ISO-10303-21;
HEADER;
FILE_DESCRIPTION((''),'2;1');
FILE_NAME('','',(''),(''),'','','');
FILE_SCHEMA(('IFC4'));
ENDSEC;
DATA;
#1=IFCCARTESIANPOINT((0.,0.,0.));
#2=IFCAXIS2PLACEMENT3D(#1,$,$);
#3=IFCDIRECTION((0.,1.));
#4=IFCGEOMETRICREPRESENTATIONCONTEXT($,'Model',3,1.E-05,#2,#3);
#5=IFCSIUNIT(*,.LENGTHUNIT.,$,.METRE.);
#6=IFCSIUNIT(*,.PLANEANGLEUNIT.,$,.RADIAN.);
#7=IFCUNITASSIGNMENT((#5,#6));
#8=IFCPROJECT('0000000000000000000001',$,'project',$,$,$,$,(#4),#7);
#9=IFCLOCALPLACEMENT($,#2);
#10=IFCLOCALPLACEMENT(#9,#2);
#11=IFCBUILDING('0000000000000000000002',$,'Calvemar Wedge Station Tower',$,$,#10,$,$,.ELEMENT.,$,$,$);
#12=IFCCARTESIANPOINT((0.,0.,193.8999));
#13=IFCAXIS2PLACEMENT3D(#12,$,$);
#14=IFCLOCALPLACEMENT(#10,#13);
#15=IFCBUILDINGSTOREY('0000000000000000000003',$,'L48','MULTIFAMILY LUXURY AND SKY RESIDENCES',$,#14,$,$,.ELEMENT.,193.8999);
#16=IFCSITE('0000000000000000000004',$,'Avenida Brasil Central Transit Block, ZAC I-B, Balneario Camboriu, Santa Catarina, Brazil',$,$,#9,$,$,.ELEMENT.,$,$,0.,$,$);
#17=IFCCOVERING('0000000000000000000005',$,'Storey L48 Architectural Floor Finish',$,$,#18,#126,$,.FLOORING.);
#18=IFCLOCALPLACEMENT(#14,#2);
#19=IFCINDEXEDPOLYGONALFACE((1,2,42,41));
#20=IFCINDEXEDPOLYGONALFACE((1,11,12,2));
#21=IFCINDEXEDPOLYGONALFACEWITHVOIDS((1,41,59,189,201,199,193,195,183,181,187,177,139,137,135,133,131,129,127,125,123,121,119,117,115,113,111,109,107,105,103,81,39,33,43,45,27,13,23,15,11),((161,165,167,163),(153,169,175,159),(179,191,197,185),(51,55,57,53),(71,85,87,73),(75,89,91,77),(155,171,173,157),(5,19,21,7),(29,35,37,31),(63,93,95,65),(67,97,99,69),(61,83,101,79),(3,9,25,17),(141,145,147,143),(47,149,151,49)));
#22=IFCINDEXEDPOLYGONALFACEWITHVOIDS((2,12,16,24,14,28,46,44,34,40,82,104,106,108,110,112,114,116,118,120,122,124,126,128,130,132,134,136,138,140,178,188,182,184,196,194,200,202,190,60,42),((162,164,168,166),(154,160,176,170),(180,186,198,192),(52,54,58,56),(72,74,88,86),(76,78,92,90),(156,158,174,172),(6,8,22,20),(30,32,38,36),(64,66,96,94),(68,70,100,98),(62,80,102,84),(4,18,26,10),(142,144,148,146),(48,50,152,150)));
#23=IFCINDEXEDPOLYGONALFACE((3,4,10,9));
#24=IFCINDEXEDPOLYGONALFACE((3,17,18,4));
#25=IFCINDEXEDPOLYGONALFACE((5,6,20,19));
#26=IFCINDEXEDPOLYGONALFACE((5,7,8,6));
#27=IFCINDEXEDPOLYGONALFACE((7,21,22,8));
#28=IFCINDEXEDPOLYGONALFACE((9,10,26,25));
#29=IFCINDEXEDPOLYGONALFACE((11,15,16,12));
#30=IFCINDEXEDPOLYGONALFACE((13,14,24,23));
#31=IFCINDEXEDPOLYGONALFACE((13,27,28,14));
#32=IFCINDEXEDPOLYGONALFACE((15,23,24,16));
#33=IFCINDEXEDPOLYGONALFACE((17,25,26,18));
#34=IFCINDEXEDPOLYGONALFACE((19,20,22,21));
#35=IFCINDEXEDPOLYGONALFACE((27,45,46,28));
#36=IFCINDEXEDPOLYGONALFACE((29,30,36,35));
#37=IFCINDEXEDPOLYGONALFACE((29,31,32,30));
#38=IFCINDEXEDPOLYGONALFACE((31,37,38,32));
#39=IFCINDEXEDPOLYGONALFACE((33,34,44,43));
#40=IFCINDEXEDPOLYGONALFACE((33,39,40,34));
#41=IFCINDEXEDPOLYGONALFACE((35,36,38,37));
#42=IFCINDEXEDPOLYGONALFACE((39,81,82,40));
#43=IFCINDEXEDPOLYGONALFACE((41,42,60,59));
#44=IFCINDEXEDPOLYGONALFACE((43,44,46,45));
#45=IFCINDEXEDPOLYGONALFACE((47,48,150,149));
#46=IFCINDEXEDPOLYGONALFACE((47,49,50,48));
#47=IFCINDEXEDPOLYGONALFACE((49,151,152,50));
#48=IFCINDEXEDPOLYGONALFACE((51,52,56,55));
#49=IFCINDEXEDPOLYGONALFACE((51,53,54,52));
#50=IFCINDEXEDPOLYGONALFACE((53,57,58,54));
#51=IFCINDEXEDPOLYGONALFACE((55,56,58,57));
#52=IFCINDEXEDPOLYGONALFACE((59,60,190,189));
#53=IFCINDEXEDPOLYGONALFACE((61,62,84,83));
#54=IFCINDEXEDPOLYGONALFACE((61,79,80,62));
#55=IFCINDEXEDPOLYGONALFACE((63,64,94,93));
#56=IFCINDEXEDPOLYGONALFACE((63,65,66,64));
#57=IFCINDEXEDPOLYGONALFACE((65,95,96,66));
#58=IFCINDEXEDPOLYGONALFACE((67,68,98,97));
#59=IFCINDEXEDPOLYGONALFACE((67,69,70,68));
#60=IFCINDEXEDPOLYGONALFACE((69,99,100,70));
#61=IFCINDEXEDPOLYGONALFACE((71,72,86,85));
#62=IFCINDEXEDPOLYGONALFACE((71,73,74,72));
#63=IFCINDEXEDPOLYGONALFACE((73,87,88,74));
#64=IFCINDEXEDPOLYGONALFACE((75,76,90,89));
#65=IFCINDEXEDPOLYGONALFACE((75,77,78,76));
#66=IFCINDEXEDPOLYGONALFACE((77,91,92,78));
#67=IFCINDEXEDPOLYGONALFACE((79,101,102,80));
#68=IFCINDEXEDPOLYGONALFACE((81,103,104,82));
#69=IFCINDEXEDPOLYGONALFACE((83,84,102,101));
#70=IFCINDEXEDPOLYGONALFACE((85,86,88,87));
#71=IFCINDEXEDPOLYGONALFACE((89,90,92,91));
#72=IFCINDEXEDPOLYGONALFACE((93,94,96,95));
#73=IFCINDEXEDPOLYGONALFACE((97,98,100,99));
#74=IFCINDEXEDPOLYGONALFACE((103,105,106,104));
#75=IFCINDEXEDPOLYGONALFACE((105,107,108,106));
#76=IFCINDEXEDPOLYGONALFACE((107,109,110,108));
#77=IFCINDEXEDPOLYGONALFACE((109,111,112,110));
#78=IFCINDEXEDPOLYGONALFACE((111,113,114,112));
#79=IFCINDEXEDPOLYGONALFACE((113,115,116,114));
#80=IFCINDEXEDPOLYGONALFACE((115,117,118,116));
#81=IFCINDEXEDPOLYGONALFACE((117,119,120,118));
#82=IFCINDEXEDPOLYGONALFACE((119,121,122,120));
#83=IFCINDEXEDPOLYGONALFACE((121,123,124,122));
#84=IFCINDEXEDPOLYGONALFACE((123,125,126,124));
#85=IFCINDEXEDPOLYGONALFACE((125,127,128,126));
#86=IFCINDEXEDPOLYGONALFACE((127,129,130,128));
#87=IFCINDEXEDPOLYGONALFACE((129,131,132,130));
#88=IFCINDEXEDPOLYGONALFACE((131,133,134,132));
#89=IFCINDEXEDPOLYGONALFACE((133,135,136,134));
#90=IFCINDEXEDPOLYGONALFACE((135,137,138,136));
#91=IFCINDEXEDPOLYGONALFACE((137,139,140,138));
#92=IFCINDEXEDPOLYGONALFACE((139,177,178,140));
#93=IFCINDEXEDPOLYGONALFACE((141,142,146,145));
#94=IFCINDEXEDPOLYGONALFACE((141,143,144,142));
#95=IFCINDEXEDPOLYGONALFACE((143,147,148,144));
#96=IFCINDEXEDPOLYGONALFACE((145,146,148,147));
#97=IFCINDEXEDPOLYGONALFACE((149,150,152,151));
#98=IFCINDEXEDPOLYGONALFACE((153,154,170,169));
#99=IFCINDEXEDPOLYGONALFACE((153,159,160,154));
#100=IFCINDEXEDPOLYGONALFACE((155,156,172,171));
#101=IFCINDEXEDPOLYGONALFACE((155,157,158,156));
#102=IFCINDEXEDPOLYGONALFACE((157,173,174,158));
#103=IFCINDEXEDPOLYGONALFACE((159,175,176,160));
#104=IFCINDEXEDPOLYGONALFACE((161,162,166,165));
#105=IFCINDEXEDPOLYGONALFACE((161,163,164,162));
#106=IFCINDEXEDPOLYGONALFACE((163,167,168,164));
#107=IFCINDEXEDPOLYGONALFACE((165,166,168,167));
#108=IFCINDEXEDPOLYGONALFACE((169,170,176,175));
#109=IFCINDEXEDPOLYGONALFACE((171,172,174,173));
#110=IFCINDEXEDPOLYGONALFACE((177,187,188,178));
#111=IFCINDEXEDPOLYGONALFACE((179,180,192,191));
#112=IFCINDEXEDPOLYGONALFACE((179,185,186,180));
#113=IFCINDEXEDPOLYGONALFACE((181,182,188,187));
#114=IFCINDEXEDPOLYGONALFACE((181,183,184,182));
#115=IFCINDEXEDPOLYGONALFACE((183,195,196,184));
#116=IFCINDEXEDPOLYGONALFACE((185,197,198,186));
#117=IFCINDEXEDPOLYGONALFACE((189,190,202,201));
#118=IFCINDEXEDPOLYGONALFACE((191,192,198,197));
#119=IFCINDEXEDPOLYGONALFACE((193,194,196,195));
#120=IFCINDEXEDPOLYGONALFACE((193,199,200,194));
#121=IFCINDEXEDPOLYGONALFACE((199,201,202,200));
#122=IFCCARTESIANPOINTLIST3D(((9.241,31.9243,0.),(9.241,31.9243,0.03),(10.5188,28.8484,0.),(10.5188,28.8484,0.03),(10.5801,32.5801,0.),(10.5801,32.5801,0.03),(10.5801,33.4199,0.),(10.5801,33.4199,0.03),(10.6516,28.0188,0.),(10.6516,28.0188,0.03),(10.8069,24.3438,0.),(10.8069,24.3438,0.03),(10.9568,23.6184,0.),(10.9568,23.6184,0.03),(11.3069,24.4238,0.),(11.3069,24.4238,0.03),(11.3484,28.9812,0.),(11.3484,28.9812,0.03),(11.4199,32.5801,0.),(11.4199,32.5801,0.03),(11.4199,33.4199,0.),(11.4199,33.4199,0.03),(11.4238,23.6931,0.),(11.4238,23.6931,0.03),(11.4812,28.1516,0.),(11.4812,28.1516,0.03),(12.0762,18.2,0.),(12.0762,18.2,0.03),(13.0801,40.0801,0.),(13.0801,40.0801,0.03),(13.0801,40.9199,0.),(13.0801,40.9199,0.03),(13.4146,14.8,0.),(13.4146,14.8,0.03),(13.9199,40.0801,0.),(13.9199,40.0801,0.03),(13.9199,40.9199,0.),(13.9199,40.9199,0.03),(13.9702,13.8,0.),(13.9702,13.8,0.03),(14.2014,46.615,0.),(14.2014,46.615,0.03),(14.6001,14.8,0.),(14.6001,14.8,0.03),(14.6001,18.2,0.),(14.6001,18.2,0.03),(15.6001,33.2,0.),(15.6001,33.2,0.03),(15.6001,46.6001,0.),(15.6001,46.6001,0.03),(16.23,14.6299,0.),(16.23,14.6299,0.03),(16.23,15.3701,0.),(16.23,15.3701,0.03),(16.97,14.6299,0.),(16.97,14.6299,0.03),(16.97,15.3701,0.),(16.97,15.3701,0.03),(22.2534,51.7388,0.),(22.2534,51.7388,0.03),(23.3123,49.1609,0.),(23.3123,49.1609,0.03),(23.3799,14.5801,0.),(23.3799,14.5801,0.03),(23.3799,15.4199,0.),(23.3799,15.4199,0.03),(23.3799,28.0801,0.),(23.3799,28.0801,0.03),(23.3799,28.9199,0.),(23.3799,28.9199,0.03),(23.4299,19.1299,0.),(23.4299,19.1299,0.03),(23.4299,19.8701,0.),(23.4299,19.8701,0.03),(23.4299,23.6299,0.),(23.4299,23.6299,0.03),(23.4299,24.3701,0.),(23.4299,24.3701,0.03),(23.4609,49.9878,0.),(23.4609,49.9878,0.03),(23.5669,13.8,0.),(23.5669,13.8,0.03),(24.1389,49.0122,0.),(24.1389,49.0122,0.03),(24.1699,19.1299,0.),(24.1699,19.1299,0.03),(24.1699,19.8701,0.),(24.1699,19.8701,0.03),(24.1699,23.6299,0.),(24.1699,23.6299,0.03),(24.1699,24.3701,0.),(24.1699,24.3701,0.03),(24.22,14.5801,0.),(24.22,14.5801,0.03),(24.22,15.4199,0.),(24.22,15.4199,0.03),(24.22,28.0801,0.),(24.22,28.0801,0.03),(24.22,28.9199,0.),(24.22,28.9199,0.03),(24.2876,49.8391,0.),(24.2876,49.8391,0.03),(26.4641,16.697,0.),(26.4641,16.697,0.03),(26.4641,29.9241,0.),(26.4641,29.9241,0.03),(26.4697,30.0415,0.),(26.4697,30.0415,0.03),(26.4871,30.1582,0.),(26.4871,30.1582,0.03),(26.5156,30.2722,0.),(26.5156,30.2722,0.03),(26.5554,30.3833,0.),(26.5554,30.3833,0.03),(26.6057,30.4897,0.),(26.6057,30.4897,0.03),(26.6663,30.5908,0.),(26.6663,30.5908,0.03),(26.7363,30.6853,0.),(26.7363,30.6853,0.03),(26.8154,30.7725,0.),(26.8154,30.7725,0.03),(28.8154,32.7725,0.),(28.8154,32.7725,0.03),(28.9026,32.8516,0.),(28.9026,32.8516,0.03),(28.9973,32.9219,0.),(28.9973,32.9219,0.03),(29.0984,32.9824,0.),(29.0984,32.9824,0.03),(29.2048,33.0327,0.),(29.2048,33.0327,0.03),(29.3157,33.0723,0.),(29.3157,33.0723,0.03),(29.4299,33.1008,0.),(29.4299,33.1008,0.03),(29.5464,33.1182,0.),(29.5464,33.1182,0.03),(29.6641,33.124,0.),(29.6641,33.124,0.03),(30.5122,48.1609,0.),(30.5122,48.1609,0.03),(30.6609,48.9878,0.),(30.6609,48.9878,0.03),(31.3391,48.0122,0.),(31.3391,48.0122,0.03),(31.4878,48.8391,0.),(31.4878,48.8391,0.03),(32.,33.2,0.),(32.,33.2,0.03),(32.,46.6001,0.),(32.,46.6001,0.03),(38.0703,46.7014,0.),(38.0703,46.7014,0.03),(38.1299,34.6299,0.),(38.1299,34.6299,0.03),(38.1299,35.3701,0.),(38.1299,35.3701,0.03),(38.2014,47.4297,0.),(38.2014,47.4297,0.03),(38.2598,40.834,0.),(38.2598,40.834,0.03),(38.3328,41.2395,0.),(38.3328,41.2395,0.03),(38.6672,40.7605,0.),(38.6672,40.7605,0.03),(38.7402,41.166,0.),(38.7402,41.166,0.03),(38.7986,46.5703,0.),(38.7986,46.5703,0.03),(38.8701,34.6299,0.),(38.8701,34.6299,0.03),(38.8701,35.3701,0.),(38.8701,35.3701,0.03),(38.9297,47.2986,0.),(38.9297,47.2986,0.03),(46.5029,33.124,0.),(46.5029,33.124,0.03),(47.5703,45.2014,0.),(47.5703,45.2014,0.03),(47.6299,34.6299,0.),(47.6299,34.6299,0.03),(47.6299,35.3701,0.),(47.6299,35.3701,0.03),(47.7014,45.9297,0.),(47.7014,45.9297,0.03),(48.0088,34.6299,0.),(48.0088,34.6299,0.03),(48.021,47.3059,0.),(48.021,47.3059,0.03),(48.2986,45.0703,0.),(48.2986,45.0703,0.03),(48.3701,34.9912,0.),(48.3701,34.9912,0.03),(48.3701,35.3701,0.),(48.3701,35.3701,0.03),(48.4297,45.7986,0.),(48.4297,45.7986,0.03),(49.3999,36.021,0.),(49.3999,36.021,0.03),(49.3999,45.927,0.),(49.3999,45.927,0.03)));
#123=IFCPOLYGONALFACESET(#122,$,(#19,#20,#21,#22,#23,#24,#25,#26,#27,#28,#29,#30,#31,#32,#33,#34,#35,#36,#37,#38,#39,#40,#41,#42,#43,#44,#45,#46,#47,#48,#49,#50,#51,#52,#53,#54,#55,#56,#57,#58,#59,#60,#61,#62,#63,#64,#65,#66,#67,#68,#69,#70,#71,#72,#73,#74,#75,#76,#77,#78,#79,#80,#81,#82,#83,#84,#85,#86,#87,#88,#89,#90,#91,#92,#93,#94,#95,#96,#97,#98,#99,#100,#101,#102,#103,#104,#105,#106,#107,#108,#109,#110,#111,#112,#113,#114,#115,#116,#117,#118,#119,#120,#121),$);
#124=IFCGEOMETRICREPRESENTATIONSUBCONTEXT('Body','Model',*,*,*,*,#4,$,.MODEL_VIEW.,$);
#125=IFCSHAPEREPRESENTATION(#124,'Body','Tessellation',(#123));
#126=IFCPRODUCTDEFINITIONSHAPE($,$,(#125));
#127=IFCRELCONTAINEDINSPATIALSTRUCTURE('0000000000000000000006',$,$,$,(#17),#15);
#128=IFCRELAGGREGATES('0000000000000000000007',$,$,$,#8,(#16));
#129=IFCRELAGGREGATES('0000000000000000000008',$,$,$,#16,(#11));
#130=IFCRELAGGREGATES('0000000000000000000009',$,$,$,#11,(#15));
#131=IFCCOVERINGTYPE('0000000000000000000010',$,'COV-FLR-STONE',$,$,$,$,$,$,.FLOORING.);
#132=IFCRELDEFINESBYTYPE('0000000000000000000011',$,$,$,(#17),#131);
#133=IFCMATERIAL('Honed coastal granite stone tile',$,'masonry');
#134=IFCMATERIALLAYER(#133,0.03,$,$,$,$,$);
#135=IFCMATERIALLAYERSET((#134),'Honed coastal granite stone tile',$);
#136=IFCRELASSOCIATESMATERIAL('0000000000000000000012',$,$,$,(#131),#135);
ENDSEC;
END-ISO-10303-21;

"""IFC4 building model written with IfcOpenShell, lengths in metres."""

from ifc_helpers import new_model, si_unit, direction, frame, origin, place, context, subcontext, project, spatial, polyline, outline, extrude, material, layer, layer_set, type_object, element, save


model = new_model("IFC4")

# Units and contexts
model_context = context("Model", 3, precision=1e-05, world=origin(), true_north=direction((0.0, 1.0)))
body_context = subcontext(model_context, "Body", "Model", "MODEL_VIEW")
ifc_project = project(units=[si_unit("LENGTHUNIT", "METRE"), si_unit("PLANEANGLEUNIT", "RADIAN")], contexts=[model_context])

# Site, building, storey
site_placement = place(None, origin())
site = spatial("IfcSite", under=ifc_project, at=site_placement, Name="Avenida Brasil Central Transit Block, ZAC I-B, Balneario Camboriu, Santa Catarina, Brazil", CompositionType="ELEMENT", RefElevation=0.0)
building_placement = place(site_placement, origin())
building = spatial("IfcBuilding", under=site, at=building_placement, Name="Calvemar Wedge Station Tower", CompositionType="ELEMENT")
storey_placement = place(building_placement, frame((0.0, 0.0, 193.8999)))
storey = spatial("IfcBuildingStorey", under=building, at=storey_placement, Name="L48", Description="MULTIFAMILY LUXURY AND SKY RESIDENCES", CompositionType="ELEMENT", Elevation=193.8999)

# Covering
ifc_material_1 = material(Name="Honed coastal granite stone tile", Category="masonry")
ifc_layer_1 = layer(ifc_material_1, 0.03)
ifc_layer_set_1 = layer_set([ifc_layer_1], Name="Honed coastal granite stone tile")
covering_type_1 = type_object("IfcCoveringType", Name="COV-FLR-STONE", PredefinedType="FLOORING", material=ifc_layer_set_1)
covering_1_placement = place(storey_placement, origin())
element("IfcCovering", 1, at=covering_1_placement, inside=storey, type_object=covering_type_1, Name="Storey L48 Architectural Floor Finish", PredefinedType="FLOORING", context=body_context, shape_type="SweptSolid", body=[
    extrude(outline(polyline([(26.8154, 30.7725), (28.8154, 32.7725), (28.9026, 32.8516), (28.9973, 32.9219), (29.0984, 32.9824), (29.2048, 33.0327), (29.3157, 33.0723), (29.4299, 33.1008), (29.5464, 33.1182), (29.6641, 33.124), (46.5029, 33.124), (48.0088, 34.6299), (47.6299, 34.6299), (47.6299, 35.3701), (48.3701, 35.3701), (48.3701, 34.9912), (49.3999, 36.021), (49.3999, 45.927), (48.021, 47.3059), (22.2534, 51.7388), (14.2014, 46.615), (9.241, 31.9243), (10.8069, 24.3438), (11.3069, 24.4238), (11.4238, 23.6931), (10.9568, 23.6184), (12.0762, 18.2), (14.6001, 18.2), (14.6001, 14.8), (13.4146, 14.8), (13.9702, 13.8), (23.5669, 13.8), (26.4641, 16.697), (26.4641, 29.9241), (26.4697, 30.0415), (26.4871, 30.1582), (26.5156, 30.2722), (26.5554, 30.3833), (26.6057, 30.4897), (26.6663, 30.5908), (26.7363, 30.6853), (26.8154, 30.7725)]), holes=[polyline([(15.6001, 46.6001), (32.0, 46.6001), (32.0, 33.2), (15.6001, 33.2), (15.6001, 46.6001)]), polyline([(10.5801, 32.5801), (10.5801, 33.4199), (11.4199, 33.4199), (11.4199, 32.5801), (10.5801, 32.5801)]), polyline([(13.0801, 40.9199), (13.9199, 40.9199), (13.9199, 40.0801), (13.0801, 40.0801), (13.0801, 40.9199)]), polyline([(24.2876, 49.8391), (24.1389, 49.0122), (23.3123, 49.1609), (23.4609, 49.9878), (24.2876, 49.8391)]), polyline([(31.3391, 48.0122), (30.5122, 48.1609), (30.6609, 48.9878), (31.4878, 48.8391), (31.3391, 48.0122)]), polyline([(38.0703, 46.7014), (38.2014, 47.4297), (38.9297, 47.2986), (38.7986, 46.5703), (38.0703, 46.7014)]), polyline([(47.7014, 45.9297), (48.4297, 45.7986), (48.2986, 45.0703), (47.5703, 45.2014), (47.7014, 45.9297)]), polyline([(38.8701, 35.3701), (38.8701, 34.6299), (38.1299, 34.6299), (38.1299, 35.3701), (38.8701, 35.3701)]), polyline([(38.2598, 40.834), (38.3328, 41.2395), (38.7402, 41.166), (38.6672, 40.7605), (38.2598, 40.834)]), polyline([(11.3484, 28.9812), (11.4812, 28.1516), (10.6516, 28.0188), (10.5188, 28.8484), (11.3484, 28.9812)]), polyline([(24.22, 28.0801), (23.3799, 28.0801), (23.3799, 28.9199), (24.22, 28.9199), (24.22, 28.0801)]), polyline([(23.4299, 23.6299), (23.4299, 24.3701), (24.1699, 24.3701), (24.1699, 23.6299), (23.4299, 23.6299)]), polyline([(23.4299, 19.8701), (24.1699, 19.8701), (24.1699, 19.1299), (23.4299, 19.1299), (23.4299, 19.8701)]), polyline([(24.22, 15.4199), (24.22, 14.5801), (23.3799, 14.5801), (23.3799, 15.4199), (24.22, 15.4199)]), polyline([(16.97, 14.6299), (16.23, 14.6299), (16.23, 15.3701), (16.97, 15.3701), (16.97, 14.6299)])]), origin(), (0.0, 0.0, 1.0), 0.03),
])

save(model, "model.ifc")
